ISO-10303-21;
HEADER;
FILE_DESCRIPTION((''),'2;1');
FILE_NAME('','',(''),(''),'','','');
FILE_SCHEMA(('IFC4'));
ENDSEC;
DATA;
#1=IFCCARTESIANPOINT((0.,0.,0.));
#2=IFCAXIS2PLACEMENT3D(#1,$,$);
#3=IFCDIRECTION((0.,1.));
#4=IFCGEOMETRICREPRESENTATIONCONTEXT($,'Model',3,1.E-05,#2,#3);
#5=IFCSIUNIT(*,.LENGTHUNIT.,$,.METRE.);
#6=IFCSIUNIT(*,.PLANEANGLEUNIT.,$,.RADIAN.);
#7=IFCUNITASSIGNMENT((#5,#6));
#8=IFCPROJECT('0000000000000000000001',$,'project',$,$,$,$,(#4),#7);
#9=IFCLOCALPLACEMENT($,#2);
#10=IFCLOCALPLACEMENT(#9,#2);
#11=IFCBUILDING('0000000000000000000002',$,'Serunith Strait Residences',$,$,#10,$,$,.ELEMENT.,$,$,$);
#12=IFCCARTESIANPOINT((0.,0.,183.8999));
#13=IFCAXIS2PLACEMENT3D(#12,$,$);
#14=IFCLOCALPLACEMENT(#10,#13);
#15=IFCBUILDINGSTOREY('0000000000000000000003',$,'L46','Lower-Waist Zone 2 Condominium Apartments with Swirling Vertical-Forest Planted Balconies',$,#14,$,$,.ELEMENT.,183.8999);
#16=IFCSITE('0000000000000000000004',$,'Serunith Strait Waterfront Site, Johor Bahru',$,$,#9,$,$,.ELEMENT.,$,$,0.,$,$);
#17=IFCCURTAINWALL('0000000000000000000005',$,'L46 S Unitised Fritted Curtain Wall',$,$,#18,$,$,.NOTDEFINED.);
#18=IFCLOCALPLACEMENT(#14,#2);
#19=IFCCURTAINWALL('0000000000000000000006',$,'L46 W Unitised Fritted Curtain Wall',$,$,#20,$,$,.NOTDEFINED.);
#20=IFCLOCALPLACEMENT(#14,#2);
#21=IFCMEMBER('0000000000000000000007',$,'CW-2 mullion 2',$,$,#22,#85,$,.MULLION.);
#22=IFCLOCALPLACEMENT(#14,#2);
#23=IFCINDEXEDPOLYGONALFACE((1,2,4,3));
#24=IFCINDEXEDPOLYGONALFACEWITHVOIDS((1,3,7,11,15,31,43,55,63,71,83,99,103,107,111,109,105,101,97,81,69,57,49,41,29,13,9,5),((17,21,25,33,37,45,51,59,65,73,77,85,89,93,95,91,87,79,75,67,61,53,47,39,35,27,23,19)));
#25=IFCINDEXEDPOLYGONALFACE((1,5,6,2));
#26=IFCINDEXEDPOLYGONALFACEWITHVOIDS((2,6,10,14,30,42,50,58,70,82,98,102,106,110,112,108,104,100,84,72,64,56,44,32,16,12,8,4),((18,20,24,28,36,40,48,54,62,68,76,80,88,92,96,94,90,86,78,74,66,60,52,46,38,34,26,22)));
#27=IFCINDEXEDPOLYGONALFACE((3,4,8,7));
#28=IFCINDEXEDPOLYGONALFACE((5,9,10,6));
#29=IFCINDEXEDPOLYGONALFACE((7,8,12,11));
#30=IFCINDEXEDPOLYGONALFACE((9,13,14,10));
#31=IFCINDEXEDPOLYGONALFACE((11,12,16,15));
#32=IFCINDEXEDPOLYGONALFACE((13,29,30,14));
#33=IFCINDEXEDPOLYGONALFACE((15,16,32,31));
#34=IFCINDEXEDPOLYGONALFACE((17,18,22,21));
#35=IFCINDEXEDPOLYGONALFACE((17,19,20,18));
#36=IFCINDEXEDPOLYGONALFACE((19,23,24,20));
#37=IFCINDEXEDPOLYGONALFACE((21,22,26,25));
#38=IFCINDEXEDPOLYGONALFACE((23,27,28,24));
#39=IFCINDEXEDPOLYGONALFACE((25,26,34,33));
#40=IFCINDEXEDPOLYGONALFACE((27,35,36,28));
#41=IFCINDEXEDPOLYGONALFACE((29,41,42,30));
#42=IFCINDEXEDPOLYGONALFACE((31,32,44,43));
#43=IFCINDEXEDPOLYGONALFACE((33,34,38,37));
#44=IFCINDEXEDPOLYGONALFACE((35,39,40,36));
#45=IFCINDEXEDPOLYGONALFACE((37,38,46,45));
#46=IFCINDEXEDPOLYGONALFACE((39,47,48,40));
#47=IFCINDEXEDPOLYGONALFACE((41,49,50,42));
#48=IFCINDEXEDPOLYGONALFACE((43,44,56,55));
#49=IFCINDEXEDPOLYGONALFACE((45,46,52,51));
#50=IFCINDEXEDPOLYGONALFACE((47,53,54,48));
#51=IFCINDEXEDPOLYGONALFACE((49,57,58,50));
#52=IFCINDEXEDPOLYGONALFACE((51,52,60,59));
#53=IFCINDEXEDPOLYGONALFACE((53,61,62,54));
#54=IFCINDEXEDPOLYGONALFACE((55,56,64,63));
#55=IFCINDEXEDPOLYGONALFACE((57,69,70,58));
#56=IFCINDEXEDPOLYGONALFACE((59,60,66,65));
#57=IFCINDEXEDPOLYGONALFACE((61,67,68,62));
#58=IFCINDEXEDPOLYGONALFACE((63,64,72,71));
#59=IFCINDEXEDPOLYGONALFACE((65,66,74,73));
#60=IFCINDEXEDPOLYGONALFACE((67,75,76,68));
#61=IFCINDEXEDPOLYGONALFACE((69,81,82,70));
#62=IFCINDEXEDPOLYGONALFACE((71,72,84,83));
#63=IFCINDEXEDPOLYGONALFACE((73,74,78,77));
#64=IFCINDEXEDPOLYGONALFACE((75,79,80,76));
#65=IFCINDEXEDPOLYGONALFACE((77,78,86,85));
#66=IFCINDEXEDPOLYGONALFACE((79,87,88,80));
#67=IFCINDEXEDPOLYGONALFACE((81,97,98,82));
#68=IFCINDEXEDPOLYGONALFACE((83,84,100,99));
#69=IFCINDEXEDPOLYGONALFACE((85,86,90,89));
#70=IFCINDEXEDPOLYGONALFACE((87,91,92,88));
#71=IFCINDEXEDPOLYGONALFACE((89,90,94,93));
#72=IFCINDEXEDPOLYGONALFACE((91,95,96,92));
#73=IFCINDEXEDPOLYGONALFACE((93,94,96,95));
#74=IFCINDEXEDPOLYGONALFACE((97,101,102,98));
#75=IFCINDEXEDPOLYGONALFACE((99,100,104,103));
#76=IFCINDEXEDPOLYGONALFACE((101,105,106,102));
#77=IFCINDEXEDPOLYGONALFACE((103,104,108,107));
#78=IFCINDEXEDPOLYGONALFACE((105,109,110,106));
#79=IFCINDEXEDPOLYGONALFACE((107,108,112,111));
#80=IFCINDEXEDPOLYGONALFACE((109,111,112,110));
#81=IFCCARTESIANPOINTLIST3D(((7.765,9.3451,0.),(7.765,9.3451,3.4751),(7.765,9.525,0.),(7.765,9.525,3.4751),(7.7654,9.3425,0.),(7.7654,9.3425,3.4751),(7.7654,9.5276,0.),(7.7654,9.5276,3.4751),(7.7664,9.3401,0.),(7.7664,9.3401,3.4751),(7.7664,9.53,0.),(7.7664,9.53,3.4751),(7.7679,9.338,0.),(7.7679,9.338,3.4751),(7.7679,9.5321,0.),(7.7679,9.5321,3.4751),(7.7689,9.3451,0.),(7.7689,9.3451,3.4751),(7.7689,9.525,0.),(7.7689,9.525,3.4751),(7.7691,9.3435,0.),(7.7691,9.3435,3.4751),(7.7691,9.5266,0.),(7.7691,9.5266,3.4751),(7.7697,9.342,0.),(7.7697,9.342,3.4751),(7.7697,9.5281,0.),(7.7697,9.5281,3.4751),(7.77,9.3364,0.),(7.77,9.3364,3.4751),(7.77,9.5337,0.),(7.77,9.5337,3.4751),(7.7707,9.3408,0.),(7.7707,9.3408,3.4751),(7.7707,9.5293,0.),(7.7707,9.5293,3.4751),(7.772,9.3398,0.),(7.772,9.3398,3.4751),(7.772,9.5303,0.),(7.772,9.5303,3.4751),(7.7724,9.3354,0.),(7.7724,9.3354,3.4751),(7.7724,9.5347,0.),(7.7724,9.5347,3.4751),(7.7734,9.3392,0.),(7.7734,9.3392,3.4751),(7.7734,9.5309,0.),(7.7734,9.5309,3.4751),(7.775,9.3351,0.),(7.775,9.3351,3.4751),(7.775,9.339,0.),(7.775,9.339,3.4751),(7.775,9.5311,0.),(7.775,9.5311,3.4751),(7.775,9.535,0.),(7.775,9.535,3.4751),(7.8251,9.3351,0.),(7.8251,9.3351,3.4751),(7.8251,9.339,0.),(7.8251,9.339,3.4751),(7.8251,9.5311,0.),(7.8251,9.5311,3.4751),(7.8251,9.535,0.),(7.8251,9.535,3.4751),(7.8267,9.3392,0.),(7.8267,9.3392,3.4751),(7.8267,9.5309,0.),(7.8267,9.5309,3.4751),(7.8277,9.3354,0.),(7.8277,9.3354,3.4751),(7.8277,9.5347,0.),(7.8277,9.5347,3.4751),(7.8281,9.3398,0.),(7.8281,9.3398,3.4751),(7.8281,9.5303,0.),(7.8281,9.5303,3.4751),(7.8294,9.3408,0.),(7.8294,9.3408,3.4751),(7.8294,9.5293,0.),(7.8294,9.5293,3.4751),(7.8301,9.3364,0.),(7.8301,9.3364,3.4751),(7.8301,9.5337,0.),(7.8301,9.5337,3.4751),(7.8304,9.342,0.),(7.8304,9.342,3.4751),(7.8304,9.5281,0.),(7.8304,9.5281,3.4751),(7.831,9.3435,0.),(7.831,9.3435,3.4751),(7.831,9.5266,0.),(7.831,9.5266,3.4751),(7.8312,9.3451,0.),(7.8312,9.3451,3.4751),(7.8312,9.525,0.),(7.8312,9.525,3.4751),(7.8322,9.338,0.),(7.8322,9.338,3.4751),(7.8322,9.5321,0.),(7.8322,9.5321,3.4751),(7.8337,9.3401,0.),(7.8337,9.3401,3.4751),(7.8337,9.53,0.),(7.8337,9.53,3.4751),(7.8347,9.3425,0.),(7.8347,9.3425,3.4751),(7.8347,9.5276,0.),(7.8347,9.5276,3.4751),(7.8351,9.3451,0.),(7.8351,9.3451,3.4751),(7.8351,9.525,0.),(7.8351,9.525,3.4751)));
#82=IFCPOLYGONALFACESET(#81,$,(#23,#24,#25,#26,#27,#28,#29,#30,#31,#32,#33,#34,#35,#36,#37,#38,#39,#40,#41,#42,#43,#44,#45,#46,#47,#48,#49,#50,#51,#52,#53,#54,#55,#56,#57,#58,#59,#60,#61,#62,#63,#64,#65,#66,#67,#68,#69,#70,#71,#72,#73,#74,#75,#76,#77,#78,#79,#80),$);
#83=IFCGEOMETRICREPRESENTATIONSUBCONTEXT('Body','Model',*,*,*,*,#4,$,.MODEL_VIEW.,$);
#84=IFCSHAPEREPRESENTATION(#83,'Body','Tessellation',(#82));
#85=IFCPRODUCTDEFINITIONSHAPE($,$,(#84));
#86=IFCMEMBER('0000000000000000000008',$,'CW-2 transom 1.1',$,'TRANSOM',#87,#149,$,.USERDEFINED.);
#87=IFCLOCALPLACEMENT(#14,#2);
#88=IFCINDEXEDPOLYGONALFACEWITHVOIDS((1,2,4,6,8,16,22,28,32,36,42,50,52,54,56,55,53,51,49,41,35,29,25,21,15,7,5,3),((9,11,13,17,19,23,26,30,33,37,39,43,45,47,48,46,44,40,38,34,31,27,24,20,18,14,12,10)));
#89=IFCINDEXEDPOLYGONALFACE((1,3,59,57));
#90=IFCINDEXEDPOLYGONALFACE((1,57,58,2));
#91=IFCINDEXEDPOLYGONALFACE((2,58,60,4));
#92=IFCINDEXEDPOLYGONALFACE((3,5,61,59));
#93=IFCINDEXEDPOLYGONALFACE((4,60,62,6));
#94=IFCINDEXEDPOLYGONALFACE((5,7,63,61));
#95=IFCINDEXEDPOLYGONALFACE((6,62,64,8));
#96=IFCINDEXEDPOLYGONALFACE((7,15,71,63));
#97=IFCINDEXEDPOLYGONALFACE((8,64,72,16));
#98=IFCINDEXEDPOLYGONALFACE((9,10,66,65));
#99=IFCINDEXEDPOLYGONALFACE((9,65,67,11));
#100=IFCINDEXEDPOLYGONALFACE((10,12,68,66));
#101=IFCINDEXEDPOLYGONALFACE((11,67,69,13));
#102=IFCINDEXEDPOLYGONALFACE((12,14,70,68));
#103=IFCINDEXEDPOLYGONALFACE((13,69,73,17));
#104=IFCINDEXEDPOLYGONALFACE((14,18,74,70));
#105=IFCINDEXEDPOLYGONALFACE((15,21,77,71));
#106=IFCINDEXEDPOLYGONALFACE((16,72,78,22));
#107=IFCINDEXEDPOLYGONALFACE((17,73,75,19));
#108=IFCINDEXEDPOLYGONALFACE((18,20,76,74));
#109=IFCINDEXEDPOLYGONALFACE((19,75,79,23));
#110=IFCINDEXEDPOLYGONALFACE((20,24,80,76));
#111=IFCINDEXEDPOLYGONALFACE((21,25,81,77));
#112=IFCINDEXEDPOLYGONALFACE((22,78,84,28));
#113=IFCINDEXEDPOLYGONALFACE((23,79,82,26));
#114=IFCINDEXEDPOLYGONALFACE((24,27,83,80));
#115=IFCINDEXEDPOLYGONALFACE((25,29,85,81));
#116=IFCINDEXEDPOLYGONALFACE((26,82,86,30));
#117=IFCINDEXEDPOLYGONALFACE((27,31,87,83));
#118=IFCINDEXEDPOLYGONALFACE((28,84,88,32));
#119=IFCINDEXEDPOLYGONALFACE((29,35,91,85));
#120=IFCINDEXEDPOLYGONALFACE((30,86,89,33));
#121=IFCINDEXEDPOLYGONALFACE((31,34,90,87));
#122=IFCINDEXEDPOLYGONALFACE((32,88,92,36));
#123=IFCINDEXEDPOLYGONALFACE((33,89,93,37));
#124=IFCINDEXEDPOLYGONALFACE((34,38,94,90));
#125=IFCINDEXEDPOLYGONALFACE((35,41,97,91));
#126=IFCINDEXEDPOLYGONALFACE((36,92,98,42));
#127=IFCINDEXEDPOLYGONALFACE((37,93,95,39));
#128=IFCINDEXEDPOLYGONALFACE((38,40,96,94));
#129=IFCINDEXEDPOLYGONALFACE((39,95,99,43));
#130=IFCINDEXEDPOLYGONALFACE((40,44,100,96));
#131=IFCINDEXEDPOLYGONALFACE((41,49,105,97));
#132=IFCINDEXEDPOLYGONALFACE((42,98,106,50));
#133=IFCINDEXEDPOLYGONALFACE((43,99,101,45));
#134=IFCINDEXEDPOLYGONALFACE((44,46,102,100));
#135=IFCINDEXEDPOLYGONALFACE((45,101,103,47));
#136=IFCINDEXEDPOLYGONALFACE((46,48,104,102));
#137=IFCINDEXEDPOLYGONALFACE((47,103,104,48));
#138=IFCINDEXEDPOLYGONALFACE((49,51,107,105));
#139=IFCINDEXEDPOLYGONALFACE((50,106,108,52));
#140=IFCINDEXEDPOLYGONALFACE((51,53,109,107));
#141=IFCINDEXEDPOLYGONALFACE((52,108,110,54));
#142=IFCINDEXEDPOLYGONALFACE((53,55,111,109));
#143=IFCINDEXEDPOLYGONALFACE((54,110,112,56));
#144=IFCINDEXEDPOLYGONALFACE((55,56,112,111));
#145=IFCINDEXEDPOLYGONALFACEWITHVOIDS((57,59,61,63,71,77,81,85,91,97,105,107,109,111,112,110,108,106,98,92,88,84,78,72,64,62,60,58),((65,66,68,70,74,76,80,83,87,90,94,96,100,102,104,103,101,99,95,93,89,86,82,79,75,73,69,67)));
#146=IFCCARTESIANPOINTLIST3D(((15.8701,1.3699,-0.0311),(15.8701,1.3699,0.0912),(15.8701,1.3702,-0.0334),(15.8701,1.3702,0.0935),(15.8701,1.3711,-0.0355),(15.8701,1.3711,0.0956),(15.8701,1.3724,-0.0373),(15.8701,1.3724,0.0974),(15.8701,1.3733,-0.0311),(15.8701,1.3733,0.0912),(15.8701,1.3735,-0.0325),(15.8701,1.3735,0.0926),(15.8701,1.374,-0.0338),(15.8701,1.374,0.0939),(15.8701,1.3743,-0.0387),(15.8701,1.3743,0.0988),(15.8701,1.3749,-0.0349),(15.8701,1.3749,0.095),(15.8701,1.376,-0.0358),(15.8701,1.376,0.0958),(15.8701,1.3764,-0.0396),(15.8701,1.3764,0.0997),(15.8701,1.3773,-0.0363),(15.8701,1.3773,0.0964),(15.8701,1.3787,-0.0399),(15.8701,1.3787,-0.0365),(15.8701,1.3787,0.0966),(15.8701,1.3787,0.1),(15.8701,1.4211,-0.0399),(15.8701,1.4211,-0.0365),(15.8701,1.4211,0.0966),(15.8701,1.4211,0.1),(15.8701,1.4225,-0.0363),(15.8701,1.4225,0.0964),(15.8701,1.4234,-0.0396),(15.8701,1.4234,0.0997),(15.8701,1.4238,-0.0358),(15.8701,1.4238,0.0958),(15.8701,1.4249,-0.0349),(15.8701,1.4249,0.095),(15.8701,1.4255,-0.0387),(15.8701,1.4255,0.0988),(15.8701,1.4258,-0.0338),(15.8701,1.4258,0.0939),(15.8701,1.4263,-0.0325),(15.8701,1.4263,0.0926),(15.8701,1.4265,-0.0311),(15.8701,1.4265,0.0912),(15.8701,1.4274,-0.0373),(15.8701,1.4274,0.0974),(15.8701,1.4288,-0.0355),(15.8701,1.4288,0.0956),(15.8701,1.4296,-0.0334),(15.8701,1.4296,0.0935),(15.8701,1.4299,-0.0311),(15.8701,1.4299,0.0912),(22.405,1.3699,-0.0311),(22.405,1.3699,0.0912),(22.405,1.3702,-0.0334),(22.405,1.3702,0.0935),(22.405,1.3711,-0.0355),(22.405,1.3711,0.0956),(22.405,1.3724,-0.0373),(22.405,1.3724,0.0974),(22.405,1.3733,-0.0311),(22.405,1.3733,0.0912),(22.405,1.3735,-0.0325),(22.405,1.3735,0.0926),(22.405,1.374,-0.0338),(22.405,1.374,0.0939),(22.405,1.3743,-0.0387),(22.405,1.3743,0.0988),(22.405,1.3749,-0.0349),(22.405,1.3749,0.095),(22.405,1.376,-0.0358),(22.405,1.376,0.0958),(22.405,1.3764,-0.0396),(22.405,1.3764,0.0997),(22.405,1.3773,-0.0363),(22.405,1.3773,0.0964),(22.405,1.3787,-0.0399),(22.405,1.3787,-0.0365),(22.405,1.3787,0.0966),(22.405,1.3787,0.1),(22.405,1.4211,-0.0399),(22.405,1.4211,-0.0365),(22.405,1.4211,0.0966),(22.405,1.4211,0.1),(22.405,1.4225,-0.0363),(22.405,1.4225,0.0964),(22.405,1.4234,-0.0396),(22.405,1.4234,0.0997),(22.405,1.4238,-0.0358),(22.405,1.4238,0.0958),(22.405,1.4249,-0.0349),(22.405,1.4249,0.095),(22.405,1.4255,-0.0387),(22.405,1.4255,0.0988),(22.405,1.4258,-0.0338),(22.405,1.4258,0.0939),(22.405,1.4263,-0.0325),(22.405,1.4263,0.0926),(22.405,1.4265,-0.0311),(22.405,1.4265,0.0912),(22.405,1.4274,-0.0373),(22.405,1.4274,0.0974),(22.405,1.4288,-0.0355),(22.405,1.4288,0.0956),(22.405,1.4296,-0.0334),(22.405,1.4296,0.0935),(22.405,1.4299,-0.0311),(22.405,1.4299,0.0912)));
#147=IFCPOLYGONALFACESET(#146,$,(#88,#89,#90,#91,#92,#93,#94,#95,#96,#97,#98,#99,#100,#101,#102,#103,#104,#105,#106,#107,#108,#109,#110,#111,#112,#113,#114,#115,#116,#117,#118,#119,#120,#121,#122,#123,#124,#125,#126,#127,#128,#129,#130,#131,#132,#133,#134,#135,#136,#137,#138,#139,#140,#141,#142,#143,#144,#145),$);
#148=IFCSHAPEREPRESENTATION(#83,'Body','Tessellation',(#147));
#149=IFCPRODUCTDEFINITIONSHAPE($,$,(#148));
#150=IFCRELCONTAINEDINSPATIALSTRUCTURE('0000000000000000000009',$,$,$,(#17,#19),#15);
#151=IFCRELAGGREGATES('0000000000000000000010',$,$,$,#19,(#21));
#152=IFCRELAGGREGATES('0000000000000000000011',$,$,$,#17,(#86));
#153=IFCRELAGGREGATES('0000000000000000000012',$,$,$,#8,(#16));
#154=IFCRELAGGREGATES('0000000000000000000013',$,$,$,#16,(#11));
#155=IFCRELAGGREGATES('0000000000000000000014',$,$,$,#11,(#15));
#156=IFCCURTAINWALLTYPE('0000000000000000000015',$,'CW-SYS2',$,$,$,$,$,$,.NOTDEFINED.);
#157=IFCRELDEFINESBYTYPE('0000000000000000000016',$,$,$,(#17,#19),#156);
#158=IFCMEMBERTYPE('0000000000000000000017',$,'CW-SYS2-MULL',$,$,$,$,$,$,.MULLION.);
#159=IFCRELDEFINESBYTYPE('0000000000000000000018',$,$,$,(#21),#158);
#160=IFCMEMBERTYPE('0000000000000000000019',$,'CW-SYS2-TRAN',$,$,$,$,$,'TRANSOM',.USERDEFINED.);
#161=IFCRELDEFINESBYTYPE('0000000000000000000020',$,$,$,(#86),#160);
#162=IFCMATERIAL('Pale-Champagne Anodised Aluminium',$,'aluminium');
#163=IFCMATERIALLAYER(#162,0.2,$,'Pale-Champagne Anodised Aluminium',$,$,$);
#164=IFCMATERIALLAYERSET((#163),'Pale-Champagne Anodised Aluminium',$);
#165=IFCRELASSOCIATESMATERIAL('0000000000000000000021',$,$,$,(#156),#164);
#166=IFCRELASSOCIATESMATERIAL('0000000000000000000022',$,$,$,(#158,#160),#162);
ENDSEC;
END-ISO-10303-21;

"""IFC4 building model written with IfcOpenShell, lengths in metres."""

from ifc_helpers import new_model, si_unit, direction, frame, origin, origin_2d, place, context, subcontext, project, spatial, hollow_rectangle, extrude, source, transform, mapped, material, layer, layer_set, material_profile, profile_set, type_object, element, aggregate, save


model = new_model("IFC4")

# Units and contexts
model_context = context("Model", 3, precision=1e-05, world=origin(), true_north=direction((0.0, 1.0)))
body_context = subcontext(model_context, "Body", "Model", "MODEL_VIEW")
ifc_project = project(units=[si_unit("LENGTHUNIT", "METRE"), si_unit("PLANEANGLEUNIT", "RADIAN")], contexts=[model_context])

# Site, building, storey
site_placement = place(None, origin())
site = spatial("IfcSite", under=ifc_project, at=site_placement, Name="Serunith Strait Waterfront Site, Johor Bahru", CompositionType="ELEMENT", RefElevation=0.0)
building_placement = place(site_placement, origin())
building = spatial("IfcBuilding", under=site, at=building_placement, Name="Serunith Strait Residences", CompositionType="ELEMENT")
storey_placement = place(building_placement, frame((0.0, 0.0, 183.8999)))
storey = spatial("IfcBuildingStorey", under=building, at=storey_placement, Name="L46", Description="Lower-Waist Zone 2 Condominium Apartments with Swirling Vertical-Forest Planted Balconies", CompositionType="ELEMENT", Elevation=183.8999)

# Curtain walls, member
ifc_material_1 = material(Name="Pale-Champagne Anodised Aluminium", Category="aluminium")
ifc_layer_1 = layer(ifc_material_1, 0.2, Name="Pale-Champagne Anodised Aluminium")
ifc_layer_set_1 = layer_set([ifc_layer_1], Name="Pale-Champagne Anodised Aluminium")
curtain_wall_type = type_object("IfcCurtainWallType", Name="CW-SYS2", PredefinedType="NOTDEFINED", material=ifc_layer_set_1)
curtain_wall_1_placement = place(storey_placement, origin())
curtain_wall_1 = element("IfcCurtainWall", 1, at=curtain_wall_1_placement, inside=storey, type_object=curtain_wall_type, Name="L46 S Unitised Fritted Curtain Wall", PredefinedType="NOTDEFINED")
ifc_material_profile_1 = material_profile(ifc_material_1, hollow_rectangle(XDim=0.0701, YDim=0.2, WallThickness=0.0039, InnerFilletRadius=0.0061, OuterFilletRadius=0.01, at=origin_2d()), Name="ALU 200x70x4")
ifc_profile_set_1 = profile_set([ifc_material_profile_1], Name="Pale-Champagne Anodised Aluminium")
member_type_1 = type_object("IfcMemberType", Name="CW-SYS2-MULL", PredefinedType="MULLION", material=ifc_profile_set_1)
shared_shape_1 = source(origin(), body_context, "Body", "SweptSolid", [
    extrude(hollow_rectangle(XDim=0.0701, YDim=0.2, WallThickness=0.0039, InnerFilletRadius=0.0061, OuterFilletRadius=0.01, at=origin_2d()), origin(), (0.0, 0.0, 1.0), 3.4751),
])
curtain_wall_2_placement = place(storey_placement, origin())
curtain_wall_2 = element("IfcCurtainWall", 2, at=curtain_wall_2_placement, inside=storey, type_object=curtain_wall_type, Name="L46 W Unitised Fritted Curtain Wall", PredefinedType="NOTDEFINED")
member_1_placement = place(storey_placement, frame((7.8, 9.4351, 0.0), z_axis=(0.0, 0.0, 1.0), x_axis=(1.0, 0.0, 0.0)))
member_1 = element("IfcMember", 3, at=member_1_placement, type_object=member_type_1, Name="CW-2 mullion 2", PredefinedType="MULLION", context=body_context, shape_type="MappedRepresentation", body=[
    mapped(shared_shape_1, transform((0.0, 0.0, 0.0), scale=1.0)),
])
aggregate(curtain_wall_2, [member_1])

# Member
ifc_material_profile_2 = material_profile(ifc_material_1, hollow_rectangle(XDim=0.0601, YDim=0.1399, WallThickness=0.0034, InnerFilletRadius=0.0054, OuterFilletRadius=0.0088, at=origin_2d()), Name="ALU 140x60x3.5")
ifc_profile_set_2 = profile_set([ifc_material_profile_2], Name="Pale-Champagne Anodised Aluminium")
member_type_2 = type_object("IfcMemberType", Name="CW-SYS2-TRAN", ElementType="TRANSOM", PredefinedType="USERDEFINED", material=ifc_profile_set_2)
shared_shape_2 = source(origin(), body_context, "Body", "SweptSolid", [
    extrude(hollow_rectangle(XDim=0.0601, YDim=0.1399, WallThickness=0.0034, InnerFilletRadius=0.0054, OuterFilletRadius=0.0088, at=origin_2d()), origin(), (0.0, 0.0, 1.0), 6.5349),
])
member_2_placement = place(storey_placement, frame((15.8701, 1.3999, 0.03), z_axis=(1.0, 0.0, 0.0), x_axis=(0.0, 1.0, 0.0)))
member_2 = element("IfcMember", 4, at=member_2_placement, type_object=member_type_2, Name="CW-2 transom 1.1", ObjectType="TRANSOM", PredefinedType="USERDEFINED", context=body_context, shape_type="MappedRepresentation", body=[
    mapped(shared_shape_2, transform((0.0, 0.0, 0.0), scale=1.0)),
])
aggregate(curtain_wall_1, [member_2])

save(model, "model.ifc")
